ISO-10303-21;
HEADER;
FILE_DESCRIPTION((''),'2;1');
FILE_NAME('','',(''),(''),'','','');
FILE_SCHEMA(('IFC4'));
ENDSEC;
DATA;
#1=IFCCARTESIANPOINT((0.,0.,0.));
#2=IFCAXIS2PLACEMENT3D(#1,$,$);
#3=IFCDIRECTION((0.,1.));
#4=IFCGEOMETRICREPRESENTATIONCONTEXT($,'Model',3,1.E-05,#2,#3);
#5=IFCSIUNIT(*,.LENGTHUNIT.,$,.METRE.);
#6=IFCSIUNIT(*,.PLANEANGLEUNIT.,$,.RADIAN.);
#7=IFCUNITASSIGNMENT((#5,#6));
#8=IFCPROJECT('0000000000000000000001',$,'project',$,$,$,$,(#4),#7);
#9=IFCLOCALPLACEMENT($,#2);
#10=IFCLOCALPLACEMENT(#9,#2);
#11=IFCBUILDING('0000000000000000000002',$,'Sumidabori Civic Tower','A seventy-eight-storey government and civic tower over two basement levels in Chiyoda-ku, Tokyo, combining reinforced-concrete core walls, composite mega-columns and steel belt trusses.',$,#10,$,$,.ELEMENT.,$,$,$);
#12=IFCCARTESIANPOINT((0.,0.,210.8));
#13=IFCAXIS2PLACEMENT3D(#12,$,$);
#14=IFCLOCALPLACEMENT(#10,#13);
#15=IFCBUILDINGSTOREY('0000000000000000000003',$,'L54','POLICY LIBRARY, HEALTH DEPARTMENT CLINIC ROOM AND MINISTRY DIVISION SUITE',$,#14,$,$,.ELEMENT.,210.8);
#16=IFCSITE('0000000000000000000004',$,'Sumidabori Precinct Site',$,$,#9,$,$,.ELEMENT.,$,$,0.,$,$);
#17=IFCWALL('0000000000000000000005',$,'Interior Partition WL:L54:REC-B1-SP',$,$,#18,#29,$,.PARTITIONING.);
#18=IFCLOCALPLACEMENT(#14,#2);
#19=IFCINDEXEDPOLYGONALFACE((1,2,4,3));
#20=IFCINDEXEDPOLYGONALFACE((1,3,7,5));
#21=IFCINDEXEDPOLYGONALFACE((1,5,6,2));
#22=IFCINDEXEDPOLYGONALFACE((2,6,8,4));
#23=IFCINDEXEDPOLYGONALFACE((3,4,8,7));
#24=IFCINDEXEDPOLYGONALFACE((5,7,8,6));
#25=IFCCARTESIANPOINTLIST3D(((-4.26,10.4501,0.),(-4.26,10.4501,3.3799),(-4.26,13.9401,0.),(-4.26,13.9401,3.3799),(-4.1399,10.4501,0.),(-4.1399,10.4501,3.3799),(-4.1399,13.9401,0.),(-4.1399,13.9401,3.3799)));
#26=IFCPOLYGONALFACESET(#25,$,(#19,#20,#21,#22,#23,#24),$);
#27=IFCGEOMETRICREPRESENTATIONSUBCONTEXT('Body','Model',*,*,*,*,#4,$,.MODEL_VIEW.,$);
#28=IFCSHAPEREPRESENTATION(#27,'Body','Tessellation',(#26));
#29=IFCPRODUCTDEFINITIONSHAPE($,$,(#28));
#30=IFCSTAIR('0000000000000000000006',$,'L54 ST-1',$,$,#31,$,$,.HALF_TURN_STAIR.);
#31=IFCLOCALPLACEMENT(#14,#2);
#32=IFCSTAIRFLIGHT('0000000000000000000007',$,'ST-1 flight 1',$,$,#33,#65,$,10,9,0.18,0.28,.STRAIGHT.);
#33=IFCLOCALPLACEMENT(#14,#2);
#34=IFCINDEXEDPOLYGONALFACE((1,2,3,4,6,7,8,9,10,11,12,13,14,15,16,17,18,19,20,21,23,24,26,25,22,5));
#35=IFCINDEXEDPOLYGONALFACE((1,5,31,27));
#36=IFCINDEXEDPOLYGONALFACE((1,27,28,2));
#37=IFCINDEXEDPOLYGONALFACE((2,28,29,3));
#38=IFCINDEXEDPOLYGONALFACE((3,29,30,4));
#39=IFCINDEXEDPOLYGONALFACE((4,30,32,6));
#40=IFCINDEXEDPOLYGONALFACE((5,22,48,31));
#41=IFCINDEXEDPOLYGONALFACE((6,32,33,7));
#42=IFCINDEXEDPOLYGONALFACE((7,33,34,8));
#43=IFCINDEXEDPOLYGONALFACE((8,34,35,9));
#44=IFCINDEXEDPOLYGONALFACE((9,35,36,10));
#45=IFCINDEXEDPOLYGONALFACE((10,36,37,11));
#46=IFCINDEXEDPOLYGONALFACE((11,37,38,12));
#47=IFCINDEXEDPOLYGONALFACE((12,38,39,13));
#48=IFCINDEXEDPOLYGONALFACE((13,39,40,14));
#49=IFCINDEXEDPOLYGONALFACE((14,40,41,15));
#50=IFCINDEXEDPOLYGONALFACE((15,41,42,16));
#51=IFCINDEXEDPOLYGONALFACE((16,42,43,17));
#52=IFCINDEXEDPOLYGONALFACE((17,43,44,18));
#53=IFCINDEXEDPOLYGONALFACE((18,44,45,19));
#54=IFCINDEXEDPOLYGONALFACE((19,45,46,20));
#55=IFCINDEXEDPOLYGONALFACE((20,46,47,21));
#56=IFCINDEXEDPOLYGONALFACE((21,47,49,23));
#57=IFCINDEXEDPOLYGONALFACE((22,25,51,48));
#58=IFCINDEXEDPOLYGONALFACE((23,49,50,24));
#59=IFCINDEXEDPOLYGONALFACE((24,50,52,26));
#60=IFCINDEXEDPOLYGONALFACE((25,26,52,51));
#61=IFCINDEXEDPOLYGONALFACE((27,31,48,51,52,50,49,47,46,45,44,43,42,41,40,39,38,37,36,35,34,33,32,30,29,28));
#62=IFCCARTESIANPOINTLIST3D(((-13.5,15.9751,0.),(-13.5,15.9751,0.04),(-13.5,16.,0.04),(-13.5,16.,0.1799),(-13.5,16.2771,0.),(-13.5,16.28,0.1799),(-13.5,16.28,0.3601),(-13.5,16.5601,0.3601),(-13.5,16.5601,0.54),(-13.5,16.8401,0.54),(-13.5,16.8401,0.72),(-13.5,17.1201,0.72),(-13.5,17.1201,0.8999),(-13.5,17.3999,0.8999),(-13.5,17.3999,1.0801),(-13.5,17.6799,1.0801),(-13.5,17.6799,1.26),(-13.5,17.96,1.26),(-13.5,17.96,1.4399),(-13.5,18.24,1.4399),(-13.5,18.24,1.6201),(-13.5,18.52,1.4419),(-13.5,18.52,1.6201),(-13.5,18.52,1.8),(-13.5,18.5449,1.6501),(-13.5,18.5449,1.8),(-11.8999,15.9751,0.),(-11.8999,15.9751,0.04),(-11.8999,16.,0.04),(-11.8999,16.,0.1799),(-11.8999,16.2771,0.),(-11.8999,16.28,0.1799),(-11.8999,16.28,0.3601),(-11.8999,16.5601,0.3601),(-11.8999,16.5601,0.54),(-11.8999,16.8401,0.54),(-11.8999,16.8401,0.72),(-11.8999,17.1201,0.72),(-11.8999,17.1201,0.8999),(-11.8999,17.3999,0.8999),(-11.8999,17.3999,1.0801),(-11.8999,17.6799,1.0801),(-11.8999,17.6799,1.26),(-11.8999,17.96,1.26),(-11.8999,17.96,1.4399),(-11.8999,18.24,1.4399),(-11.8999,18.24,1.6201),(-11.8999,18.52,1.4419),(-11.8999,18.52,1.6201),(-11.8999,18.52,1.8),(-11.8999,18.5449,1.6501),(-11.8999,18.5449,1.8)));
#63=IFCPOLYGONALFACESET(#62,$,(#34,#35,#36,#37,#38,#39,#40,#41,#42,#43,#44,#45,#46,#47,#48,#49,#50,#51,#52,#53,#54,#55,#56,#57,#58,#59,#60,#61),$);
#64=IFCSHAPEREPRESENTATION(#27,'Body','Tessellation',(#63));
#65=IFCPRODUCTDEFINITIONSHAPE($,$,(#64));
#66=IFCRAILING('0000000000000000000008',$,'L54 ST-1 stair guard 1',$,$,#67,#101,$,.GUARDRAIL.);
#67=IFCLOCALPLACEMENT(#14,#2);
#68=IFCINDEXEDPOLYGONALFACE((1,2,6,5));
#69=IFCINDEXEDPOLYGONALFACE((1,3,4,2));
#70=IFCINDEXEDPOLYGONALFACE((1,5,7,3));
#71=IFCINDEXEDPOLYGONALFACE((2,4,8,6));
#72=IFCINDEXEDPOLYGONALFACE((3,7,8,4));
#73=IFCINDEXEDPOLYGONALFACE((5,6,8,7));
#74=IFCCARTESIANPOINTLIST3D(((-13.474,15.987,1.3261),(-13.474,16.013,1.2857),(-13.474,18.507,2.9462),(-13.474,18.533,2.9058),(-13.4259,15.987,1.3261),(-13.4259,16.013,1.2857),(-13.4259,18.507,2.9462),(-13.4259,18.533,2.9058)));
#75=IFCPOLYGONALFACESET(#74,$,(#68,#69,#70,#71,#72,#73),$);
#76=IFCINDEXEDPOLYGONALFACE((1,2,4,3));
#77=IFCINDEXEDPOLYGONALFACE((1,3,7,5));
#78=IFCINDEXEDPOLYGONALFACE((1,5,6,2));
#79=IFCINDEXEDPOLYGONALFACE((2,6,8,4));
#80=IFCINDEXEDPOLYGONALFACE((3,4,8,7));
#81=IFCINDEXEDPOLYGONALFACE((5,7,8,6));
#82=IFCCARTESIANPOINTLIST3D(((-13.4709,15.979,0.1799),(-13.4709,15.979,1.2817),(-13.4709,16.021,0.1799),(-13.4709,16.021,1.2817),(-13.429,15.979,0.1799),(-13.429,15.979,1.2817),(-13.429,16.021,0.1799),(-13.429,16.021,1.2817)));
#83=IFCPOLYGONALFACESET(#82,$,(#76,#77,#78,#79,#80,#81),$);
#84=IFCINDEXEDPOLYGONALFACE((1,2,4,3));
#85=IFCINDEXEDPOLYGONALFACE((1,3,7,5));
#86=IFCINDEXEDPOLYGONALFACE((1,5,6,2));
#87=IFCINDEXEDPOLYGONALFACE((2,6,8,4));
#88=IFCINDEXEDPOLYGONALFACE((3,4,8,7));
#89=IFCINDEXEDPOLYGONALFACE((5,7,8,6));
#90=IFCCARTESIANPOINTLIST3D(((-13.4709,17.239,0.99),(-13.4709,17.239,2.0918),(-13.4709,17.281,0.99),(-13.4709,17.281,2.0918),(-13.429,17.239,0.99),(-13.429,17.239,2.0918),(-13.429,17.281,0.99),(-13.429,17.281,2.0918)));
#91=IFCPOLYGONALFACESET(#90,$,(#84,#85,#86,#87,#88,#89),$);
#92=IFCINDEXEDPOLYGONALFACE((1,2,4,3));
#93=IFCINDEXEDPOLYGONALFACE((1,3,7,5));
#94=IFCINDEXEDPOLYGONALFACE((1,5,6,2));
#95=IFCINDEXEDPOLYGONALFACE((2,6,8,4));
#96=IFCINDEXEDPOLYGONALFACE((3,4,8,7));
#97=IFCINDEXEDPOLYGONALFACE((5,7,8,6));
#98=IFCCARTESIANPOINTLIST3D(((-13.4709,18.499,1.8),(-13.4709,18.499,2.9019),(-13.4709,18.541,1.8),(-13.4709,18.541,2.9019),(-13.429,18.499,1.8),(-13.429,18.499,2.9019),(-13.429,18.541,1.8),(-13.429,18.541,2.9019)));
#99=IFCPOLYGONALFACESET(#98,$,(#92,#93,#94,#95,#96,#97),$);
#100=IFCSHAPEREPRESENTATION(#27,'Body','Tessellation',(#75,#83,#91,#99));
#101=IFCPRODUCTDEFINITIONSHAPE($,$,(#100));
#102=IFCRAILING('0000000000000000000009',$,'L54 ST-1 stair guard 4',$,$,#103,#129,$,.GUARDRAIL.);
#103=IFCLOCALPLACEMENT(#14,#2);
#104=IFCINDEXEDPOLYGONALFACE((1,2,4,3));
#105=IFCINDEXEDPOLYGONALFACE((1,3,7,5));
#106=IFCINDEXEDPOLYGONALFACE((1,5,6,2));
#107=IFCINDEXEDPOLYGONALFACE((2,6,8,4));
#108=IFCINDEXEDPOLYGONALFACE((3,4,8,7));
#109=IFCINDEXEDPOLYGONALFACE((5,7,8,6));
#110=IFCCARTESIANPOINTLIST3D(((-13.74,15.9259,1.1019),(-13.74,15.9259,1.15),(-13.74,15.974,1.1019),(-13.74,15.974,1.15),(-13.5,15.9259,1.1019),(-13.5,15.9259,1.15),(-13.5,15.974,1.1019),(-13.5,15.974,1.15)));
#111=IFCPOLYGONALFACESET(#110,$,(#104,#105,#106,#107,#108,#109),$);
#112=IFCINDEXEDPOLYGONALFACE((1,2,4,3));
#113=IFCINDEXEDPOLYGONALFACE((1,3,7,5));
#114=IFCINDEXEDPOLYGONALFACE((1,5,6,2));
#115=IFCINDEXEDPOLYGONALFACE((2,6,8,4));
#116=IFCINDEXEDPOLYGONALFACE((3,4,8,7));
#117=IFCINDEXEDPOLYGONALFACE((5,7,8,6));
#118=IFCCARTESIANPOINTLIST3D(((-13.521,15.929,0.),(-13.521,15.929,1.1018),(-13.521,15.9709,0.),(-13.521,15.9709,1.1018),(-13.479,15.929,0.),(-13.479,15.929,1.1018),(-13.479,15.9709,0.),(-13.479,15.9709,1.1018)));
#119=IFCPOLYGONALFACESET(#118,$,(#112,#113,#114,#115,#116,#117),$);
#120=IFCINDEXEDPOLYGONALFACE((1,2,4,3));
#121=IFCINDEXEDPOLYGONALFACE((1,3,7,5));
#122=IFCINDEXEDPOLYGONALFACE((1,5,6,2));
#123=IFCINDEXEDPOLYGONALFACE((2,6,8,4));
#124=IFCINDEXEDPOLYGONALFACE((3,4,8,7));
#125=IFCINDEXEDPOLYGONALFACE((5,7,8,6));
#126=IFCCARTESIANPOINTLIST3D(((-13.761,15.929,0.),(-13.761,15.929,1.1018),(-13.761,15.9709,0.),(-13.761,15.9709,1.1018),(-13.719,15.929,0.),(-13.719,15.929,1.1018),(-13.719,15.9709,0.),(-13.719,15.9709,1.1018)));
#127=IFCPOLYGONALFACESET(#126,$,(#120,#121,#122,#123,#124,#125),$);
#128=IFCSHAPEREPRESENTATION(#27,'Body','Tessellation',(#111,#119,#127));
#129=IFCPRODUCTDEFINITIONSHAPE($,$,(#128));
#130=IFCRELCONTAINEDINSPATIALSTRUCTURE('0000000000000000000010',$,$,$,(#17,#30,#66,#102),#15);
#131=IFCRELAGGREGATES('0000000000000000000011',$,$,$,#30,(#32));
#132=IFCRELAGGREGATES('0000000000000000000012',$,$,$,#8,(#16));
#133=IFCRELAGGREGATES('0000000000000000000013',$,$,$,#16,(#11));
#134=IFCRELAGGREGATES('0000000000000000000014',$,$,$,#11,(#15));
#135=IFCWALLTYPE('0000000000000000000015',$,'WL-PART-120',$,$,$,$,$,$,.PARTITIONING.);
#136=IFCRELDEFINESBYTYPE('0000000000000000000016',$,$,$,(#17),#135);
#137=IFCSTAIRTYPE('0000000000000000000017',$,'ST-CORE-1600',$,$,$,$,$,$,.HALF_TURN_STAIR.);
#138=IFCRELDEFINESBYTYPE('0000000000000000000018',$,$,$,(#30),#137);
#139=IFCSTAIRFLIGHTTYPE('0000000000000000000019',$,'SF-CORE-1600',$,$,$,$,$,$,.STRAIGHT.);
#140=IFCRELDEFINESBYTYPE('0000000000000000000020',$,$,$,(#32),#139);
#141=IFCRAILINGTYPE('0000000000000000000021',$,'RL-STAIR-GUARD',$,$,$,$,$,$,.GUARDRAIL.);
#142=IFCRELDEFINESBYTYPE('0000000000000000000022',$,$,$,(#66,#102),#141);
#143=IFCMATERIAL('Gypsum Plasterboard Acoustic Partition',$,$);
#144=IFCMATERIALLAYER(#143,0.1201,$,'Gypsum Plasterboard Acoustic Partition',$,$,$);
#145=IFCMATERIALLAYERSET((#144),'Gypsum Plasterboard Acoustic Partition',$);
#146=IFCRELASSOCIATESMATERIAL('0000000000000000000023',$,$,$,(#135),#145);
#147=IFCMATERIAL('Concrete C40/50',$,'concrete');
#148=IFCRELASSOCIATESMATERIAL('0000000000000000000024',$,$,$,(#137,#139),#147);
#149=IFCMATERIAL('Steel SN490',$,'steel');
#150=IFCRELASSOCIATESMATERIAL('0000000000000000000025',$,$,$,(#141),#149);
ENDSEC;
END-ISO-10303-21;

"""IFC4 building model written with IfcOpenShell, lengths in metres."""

from ifc_helpers import new_model, si_unit, direction, frame, frame_2d, origin, origin_2d, place, context, subcontext, project, spatial, polyline, rectangle, outline, extrude, source, transform, mapped, material, layer, layer_set, type_object, element, aggregate, save


model = new_model("IFC4")

# Units and contexts
model_context = context("Model", 3, precision=1e-05, world=origin(), true_north=direction((0.0, 1.0)))
body_context = subcontext(model_context, "Body", "Model", "MODEL_VIEW")
ifc_project = project(units=[si_unit("LENGTHUNIT", "METRE"), si_unit("PLANEANGLEUNIT", "RADIAN")], contexts=[model_context])

# Site, building, storey
site_placement = place(None, origin())
site = spatial("IfcSite", under=ifc_project, at=site_placement, Name="Sumidabori Precinct Site", CompositionType="ELEMENT", RefElevation=0.0)
building_placement = place(site_placement, origin())
building = spatial("IfcBuilding", under=site, at=building_placement, Name="Sumidabori Civic Tower", Description="A seventy-eight-storey government and civic tower over two basement levels in Chiyoda-ku, Tokyo, combining reinforced-concrete core walls, composite mega-columns and steel belt trusses.", CompositionType="ELEMENT")
storey_placement = place(building_placement, frame((0.0, 0.0, 210.8)))
storey = spatial("IfcBuildingStorey", under=building, at=storey_placement, Name="L54", Description="POLICY LIBRARY, HEALTH DEPARTMENT CLINIC ROOM AND MINISTRY DIVISION SUITE", CompositionType="ELEMENT", Elevation=210.8)

# Shared definitions
ifc_material_1 = material(Name="Steel SN490", Category="steel")

# Wall
ifc_material_2 = material(Name="Gypsum Plasterboard Acoustic Partition")
ifc_layer_1 = layer(ifc_material_2, 0.1201, Name="Gypsum Plasterboard Acoustic Partition")
ifc_layer_set_1 = layer_set([ifc_layer_1], Name="Gypsum Plasterboard Acoustic Partition")
wall_type_1 = type_object("IfcWallType", Name="WL-PART-120", PredefinedType="PARTITIONING", material=ifc_layer_set_1)
shared_shape_1 = source(origin(), body_context, "Body", "SweptSolid", [
    extrude(rectangle(XDim=3.49, YDim=0.1201, at=frame_2d((1.7451, 0.0))), origin(), (0.0, 0.0, 1.0), 3.3799),
])
wall_1_placement = place(storey_placement, frame((-4.2, 10.45, 0.0), z_axis=(0.0, 0.0, 1.0), x_axis=(0.0, 1.0, 0.0)))
element("IfcWall", 1, at=wall_1_placement, inside=storey, type_object=wall_type_1, Name="Interior Partition WL:L54:REC-B1-SP", PredefinedType="PARTITIONING", context=body_context, shape_type="MappedRepresentation", body=[
    mapped(shared_shape_1, transform((0.0, 0.0, 0.0), x_axis=(1.0, 0.0, 0.0), y_axis=(0.0, 1.0, 0.0), z_axis=(0.0, 0.0, 1.0), scale=1.0)),
])

# Stair, stair flight
ifc_material_3 = material(Name="Concrete C40/50", Category="concrete")
stair_type = type_object("IfcStairType", Name="ST-CORE-1600", PredefinedType="HALF_TURN_STAIR", material=ifc_material_3)
stair_placement = place(storey_placement, origin())
stair = element("IfcStair", 2, at=stair_placement, inside=storey, type_object=stair_type, Name="L54 ST-1", PredefinedType="HALF_TURN_STAIR")
stair_flight_type = type_object("IfcStairFlightType", Name="SF-CORE-1600", PredefinedType="STRAIGHT", material=ifc_material_3)
shared_shape_2 = source(origin(), body_context, "Body", "SweptSolid", [
    extrude(outline(polyline([(-0.0249, 0.0), (-0.0249, 0.04), (0.0, 0.04), (0.0, 0.1799), (0.28, 0.1799), (0.28, 0.3601), (0.5601, 0.3601), (0.5601, 0.54), (0.8401, 0.54), (0.8401, 0.72), (1.1201, 0.72), (1.1201, 0.8999), (1.3999, 0.8999), (1.3999, 1.0801), (1.6799, 1.0801), (1.6799, 1.26), (1.96, 1.26), (1.96, 1.4399), (2.24, 1.4399), (2.24, 1.6201), (2.52, 1.6201), (2.52, 1.8), (2.5449, 1.8), (2.5449, 1.6501), (2.52, 1.4419), (0.2771, 0.0), (-0.0249, 0.0)])), frame((0.0, 0.8, 0.0), z_axis=(0.0, -1.0, 0.0), x_axis=(1.0, 0.0, 0.0)), (0.0, 0.0, 1.0), 1.6001),
])
stair_flight_placement = place(storey_placement, frame((-12.7, 16.0, 0.0), z_axis=(0.0, 0.0, 1.0), x_axis=(0.0, 1.0, 0.0)))
stair_flight = element("IfcStairFlight", 3, at=stair_flight_placement, type_object=stair_flight_type, Name="ST-1 flight 1", NumberOfRisers=10, NumberOfTreads=9, PredefinedType="STRAIGHT", RiserHeight=0.18, TreadLength=0.28, context=body_context, shape_type="MappedRepresentation", body=[
    mapped(shared_shape_2, transform((0.0, 0.0, 0.0), x_axis=(1.0, 0.0, 0.0), y_axis=(0.0, 1.0, 0.0), z_axis=(0.0, 0.0, 1.0), scale=1.0)),
])
aggregate(stair, [stair_flight])

# Railings
railing_type = type_object("IfcRailingType", Name="RL-STAIR-GUARD", PredefinedType="GUARDRAIL", material=ifc_material_1)
railing_1_placement = place(storey_placement, frame((-13.45, 16.0, 0.1799)))
element("IfcRailing", 4, at=railing_1_placement, inside=storey, type_object=railing_type, Name="L54 ST-1 stair guard 1", PredefinedType="GUARDRAIL", context=body_context, shape_type="SweptSolid", body=[
    extrude(rectangle(XDim=0.0481, YDim=0.0481, at=origin_2d()), frame((0.0, 0.0, 1.126), z_axis=(0.0, 0.841163, 0.540782), x_axis=(-1.0, 0.0, 0.0)), (0.0, 0.0, 1.0), 2.9958),
    extrude(rectangle(XDim=0.042, YDim=0.042, at=origin_2d()), origin(), (0.0, 0.0, 1.0), 1.1018),
    extrude(rectangle(XDim=0.042, YDim=0.042, at=origin_2d()), frame((0.0, 1.26, 0.8101)), (0.0, 0.0, 1.0), 1.1018),
    extrude(rectangle(XDim=0.042, YDim=0.042, at=origin_2d()), frame((0.0, 2.52, 1.6201)), (0.0, 0.0, 1.0), 1.1018),
])
railing_2_placement = place(storey_placement, frame((-13.5, 15.95, 0.0)))
element("IfcRailing", 5, at=railing_2_placement, inside=storey, type_object=railing_type, Name="L54 ST-1 stair guard 4", PredefinedType="GUARDRAIL", context=body_context, shape_type="SweptSolid", body=[
    extrude(rectangle(XDim=0.0481, YDim=0.0481, at=origin_2d()), frame((0.0, 0.0, 1.126), z_axis=(-1.0, 0.0, 0.0), x_axis=(0.0, -1.0, 0.0)), (0.0, 0.0, 1.0), 0.24),
    extrude(rectangle(XDim=0.042, YDim=0.042, at=origin_2d()), origin(), (0.0, 0.0, 1.0), 1.1018),
    extrude(rectangle(XDim=0.042, YDim=0.042, at=origin_2d()), frame((-0.24, 0.0, 0.0)), (0.0, 0.0, 1.0), 1.1018),
])

save(model, "model.ifc")
